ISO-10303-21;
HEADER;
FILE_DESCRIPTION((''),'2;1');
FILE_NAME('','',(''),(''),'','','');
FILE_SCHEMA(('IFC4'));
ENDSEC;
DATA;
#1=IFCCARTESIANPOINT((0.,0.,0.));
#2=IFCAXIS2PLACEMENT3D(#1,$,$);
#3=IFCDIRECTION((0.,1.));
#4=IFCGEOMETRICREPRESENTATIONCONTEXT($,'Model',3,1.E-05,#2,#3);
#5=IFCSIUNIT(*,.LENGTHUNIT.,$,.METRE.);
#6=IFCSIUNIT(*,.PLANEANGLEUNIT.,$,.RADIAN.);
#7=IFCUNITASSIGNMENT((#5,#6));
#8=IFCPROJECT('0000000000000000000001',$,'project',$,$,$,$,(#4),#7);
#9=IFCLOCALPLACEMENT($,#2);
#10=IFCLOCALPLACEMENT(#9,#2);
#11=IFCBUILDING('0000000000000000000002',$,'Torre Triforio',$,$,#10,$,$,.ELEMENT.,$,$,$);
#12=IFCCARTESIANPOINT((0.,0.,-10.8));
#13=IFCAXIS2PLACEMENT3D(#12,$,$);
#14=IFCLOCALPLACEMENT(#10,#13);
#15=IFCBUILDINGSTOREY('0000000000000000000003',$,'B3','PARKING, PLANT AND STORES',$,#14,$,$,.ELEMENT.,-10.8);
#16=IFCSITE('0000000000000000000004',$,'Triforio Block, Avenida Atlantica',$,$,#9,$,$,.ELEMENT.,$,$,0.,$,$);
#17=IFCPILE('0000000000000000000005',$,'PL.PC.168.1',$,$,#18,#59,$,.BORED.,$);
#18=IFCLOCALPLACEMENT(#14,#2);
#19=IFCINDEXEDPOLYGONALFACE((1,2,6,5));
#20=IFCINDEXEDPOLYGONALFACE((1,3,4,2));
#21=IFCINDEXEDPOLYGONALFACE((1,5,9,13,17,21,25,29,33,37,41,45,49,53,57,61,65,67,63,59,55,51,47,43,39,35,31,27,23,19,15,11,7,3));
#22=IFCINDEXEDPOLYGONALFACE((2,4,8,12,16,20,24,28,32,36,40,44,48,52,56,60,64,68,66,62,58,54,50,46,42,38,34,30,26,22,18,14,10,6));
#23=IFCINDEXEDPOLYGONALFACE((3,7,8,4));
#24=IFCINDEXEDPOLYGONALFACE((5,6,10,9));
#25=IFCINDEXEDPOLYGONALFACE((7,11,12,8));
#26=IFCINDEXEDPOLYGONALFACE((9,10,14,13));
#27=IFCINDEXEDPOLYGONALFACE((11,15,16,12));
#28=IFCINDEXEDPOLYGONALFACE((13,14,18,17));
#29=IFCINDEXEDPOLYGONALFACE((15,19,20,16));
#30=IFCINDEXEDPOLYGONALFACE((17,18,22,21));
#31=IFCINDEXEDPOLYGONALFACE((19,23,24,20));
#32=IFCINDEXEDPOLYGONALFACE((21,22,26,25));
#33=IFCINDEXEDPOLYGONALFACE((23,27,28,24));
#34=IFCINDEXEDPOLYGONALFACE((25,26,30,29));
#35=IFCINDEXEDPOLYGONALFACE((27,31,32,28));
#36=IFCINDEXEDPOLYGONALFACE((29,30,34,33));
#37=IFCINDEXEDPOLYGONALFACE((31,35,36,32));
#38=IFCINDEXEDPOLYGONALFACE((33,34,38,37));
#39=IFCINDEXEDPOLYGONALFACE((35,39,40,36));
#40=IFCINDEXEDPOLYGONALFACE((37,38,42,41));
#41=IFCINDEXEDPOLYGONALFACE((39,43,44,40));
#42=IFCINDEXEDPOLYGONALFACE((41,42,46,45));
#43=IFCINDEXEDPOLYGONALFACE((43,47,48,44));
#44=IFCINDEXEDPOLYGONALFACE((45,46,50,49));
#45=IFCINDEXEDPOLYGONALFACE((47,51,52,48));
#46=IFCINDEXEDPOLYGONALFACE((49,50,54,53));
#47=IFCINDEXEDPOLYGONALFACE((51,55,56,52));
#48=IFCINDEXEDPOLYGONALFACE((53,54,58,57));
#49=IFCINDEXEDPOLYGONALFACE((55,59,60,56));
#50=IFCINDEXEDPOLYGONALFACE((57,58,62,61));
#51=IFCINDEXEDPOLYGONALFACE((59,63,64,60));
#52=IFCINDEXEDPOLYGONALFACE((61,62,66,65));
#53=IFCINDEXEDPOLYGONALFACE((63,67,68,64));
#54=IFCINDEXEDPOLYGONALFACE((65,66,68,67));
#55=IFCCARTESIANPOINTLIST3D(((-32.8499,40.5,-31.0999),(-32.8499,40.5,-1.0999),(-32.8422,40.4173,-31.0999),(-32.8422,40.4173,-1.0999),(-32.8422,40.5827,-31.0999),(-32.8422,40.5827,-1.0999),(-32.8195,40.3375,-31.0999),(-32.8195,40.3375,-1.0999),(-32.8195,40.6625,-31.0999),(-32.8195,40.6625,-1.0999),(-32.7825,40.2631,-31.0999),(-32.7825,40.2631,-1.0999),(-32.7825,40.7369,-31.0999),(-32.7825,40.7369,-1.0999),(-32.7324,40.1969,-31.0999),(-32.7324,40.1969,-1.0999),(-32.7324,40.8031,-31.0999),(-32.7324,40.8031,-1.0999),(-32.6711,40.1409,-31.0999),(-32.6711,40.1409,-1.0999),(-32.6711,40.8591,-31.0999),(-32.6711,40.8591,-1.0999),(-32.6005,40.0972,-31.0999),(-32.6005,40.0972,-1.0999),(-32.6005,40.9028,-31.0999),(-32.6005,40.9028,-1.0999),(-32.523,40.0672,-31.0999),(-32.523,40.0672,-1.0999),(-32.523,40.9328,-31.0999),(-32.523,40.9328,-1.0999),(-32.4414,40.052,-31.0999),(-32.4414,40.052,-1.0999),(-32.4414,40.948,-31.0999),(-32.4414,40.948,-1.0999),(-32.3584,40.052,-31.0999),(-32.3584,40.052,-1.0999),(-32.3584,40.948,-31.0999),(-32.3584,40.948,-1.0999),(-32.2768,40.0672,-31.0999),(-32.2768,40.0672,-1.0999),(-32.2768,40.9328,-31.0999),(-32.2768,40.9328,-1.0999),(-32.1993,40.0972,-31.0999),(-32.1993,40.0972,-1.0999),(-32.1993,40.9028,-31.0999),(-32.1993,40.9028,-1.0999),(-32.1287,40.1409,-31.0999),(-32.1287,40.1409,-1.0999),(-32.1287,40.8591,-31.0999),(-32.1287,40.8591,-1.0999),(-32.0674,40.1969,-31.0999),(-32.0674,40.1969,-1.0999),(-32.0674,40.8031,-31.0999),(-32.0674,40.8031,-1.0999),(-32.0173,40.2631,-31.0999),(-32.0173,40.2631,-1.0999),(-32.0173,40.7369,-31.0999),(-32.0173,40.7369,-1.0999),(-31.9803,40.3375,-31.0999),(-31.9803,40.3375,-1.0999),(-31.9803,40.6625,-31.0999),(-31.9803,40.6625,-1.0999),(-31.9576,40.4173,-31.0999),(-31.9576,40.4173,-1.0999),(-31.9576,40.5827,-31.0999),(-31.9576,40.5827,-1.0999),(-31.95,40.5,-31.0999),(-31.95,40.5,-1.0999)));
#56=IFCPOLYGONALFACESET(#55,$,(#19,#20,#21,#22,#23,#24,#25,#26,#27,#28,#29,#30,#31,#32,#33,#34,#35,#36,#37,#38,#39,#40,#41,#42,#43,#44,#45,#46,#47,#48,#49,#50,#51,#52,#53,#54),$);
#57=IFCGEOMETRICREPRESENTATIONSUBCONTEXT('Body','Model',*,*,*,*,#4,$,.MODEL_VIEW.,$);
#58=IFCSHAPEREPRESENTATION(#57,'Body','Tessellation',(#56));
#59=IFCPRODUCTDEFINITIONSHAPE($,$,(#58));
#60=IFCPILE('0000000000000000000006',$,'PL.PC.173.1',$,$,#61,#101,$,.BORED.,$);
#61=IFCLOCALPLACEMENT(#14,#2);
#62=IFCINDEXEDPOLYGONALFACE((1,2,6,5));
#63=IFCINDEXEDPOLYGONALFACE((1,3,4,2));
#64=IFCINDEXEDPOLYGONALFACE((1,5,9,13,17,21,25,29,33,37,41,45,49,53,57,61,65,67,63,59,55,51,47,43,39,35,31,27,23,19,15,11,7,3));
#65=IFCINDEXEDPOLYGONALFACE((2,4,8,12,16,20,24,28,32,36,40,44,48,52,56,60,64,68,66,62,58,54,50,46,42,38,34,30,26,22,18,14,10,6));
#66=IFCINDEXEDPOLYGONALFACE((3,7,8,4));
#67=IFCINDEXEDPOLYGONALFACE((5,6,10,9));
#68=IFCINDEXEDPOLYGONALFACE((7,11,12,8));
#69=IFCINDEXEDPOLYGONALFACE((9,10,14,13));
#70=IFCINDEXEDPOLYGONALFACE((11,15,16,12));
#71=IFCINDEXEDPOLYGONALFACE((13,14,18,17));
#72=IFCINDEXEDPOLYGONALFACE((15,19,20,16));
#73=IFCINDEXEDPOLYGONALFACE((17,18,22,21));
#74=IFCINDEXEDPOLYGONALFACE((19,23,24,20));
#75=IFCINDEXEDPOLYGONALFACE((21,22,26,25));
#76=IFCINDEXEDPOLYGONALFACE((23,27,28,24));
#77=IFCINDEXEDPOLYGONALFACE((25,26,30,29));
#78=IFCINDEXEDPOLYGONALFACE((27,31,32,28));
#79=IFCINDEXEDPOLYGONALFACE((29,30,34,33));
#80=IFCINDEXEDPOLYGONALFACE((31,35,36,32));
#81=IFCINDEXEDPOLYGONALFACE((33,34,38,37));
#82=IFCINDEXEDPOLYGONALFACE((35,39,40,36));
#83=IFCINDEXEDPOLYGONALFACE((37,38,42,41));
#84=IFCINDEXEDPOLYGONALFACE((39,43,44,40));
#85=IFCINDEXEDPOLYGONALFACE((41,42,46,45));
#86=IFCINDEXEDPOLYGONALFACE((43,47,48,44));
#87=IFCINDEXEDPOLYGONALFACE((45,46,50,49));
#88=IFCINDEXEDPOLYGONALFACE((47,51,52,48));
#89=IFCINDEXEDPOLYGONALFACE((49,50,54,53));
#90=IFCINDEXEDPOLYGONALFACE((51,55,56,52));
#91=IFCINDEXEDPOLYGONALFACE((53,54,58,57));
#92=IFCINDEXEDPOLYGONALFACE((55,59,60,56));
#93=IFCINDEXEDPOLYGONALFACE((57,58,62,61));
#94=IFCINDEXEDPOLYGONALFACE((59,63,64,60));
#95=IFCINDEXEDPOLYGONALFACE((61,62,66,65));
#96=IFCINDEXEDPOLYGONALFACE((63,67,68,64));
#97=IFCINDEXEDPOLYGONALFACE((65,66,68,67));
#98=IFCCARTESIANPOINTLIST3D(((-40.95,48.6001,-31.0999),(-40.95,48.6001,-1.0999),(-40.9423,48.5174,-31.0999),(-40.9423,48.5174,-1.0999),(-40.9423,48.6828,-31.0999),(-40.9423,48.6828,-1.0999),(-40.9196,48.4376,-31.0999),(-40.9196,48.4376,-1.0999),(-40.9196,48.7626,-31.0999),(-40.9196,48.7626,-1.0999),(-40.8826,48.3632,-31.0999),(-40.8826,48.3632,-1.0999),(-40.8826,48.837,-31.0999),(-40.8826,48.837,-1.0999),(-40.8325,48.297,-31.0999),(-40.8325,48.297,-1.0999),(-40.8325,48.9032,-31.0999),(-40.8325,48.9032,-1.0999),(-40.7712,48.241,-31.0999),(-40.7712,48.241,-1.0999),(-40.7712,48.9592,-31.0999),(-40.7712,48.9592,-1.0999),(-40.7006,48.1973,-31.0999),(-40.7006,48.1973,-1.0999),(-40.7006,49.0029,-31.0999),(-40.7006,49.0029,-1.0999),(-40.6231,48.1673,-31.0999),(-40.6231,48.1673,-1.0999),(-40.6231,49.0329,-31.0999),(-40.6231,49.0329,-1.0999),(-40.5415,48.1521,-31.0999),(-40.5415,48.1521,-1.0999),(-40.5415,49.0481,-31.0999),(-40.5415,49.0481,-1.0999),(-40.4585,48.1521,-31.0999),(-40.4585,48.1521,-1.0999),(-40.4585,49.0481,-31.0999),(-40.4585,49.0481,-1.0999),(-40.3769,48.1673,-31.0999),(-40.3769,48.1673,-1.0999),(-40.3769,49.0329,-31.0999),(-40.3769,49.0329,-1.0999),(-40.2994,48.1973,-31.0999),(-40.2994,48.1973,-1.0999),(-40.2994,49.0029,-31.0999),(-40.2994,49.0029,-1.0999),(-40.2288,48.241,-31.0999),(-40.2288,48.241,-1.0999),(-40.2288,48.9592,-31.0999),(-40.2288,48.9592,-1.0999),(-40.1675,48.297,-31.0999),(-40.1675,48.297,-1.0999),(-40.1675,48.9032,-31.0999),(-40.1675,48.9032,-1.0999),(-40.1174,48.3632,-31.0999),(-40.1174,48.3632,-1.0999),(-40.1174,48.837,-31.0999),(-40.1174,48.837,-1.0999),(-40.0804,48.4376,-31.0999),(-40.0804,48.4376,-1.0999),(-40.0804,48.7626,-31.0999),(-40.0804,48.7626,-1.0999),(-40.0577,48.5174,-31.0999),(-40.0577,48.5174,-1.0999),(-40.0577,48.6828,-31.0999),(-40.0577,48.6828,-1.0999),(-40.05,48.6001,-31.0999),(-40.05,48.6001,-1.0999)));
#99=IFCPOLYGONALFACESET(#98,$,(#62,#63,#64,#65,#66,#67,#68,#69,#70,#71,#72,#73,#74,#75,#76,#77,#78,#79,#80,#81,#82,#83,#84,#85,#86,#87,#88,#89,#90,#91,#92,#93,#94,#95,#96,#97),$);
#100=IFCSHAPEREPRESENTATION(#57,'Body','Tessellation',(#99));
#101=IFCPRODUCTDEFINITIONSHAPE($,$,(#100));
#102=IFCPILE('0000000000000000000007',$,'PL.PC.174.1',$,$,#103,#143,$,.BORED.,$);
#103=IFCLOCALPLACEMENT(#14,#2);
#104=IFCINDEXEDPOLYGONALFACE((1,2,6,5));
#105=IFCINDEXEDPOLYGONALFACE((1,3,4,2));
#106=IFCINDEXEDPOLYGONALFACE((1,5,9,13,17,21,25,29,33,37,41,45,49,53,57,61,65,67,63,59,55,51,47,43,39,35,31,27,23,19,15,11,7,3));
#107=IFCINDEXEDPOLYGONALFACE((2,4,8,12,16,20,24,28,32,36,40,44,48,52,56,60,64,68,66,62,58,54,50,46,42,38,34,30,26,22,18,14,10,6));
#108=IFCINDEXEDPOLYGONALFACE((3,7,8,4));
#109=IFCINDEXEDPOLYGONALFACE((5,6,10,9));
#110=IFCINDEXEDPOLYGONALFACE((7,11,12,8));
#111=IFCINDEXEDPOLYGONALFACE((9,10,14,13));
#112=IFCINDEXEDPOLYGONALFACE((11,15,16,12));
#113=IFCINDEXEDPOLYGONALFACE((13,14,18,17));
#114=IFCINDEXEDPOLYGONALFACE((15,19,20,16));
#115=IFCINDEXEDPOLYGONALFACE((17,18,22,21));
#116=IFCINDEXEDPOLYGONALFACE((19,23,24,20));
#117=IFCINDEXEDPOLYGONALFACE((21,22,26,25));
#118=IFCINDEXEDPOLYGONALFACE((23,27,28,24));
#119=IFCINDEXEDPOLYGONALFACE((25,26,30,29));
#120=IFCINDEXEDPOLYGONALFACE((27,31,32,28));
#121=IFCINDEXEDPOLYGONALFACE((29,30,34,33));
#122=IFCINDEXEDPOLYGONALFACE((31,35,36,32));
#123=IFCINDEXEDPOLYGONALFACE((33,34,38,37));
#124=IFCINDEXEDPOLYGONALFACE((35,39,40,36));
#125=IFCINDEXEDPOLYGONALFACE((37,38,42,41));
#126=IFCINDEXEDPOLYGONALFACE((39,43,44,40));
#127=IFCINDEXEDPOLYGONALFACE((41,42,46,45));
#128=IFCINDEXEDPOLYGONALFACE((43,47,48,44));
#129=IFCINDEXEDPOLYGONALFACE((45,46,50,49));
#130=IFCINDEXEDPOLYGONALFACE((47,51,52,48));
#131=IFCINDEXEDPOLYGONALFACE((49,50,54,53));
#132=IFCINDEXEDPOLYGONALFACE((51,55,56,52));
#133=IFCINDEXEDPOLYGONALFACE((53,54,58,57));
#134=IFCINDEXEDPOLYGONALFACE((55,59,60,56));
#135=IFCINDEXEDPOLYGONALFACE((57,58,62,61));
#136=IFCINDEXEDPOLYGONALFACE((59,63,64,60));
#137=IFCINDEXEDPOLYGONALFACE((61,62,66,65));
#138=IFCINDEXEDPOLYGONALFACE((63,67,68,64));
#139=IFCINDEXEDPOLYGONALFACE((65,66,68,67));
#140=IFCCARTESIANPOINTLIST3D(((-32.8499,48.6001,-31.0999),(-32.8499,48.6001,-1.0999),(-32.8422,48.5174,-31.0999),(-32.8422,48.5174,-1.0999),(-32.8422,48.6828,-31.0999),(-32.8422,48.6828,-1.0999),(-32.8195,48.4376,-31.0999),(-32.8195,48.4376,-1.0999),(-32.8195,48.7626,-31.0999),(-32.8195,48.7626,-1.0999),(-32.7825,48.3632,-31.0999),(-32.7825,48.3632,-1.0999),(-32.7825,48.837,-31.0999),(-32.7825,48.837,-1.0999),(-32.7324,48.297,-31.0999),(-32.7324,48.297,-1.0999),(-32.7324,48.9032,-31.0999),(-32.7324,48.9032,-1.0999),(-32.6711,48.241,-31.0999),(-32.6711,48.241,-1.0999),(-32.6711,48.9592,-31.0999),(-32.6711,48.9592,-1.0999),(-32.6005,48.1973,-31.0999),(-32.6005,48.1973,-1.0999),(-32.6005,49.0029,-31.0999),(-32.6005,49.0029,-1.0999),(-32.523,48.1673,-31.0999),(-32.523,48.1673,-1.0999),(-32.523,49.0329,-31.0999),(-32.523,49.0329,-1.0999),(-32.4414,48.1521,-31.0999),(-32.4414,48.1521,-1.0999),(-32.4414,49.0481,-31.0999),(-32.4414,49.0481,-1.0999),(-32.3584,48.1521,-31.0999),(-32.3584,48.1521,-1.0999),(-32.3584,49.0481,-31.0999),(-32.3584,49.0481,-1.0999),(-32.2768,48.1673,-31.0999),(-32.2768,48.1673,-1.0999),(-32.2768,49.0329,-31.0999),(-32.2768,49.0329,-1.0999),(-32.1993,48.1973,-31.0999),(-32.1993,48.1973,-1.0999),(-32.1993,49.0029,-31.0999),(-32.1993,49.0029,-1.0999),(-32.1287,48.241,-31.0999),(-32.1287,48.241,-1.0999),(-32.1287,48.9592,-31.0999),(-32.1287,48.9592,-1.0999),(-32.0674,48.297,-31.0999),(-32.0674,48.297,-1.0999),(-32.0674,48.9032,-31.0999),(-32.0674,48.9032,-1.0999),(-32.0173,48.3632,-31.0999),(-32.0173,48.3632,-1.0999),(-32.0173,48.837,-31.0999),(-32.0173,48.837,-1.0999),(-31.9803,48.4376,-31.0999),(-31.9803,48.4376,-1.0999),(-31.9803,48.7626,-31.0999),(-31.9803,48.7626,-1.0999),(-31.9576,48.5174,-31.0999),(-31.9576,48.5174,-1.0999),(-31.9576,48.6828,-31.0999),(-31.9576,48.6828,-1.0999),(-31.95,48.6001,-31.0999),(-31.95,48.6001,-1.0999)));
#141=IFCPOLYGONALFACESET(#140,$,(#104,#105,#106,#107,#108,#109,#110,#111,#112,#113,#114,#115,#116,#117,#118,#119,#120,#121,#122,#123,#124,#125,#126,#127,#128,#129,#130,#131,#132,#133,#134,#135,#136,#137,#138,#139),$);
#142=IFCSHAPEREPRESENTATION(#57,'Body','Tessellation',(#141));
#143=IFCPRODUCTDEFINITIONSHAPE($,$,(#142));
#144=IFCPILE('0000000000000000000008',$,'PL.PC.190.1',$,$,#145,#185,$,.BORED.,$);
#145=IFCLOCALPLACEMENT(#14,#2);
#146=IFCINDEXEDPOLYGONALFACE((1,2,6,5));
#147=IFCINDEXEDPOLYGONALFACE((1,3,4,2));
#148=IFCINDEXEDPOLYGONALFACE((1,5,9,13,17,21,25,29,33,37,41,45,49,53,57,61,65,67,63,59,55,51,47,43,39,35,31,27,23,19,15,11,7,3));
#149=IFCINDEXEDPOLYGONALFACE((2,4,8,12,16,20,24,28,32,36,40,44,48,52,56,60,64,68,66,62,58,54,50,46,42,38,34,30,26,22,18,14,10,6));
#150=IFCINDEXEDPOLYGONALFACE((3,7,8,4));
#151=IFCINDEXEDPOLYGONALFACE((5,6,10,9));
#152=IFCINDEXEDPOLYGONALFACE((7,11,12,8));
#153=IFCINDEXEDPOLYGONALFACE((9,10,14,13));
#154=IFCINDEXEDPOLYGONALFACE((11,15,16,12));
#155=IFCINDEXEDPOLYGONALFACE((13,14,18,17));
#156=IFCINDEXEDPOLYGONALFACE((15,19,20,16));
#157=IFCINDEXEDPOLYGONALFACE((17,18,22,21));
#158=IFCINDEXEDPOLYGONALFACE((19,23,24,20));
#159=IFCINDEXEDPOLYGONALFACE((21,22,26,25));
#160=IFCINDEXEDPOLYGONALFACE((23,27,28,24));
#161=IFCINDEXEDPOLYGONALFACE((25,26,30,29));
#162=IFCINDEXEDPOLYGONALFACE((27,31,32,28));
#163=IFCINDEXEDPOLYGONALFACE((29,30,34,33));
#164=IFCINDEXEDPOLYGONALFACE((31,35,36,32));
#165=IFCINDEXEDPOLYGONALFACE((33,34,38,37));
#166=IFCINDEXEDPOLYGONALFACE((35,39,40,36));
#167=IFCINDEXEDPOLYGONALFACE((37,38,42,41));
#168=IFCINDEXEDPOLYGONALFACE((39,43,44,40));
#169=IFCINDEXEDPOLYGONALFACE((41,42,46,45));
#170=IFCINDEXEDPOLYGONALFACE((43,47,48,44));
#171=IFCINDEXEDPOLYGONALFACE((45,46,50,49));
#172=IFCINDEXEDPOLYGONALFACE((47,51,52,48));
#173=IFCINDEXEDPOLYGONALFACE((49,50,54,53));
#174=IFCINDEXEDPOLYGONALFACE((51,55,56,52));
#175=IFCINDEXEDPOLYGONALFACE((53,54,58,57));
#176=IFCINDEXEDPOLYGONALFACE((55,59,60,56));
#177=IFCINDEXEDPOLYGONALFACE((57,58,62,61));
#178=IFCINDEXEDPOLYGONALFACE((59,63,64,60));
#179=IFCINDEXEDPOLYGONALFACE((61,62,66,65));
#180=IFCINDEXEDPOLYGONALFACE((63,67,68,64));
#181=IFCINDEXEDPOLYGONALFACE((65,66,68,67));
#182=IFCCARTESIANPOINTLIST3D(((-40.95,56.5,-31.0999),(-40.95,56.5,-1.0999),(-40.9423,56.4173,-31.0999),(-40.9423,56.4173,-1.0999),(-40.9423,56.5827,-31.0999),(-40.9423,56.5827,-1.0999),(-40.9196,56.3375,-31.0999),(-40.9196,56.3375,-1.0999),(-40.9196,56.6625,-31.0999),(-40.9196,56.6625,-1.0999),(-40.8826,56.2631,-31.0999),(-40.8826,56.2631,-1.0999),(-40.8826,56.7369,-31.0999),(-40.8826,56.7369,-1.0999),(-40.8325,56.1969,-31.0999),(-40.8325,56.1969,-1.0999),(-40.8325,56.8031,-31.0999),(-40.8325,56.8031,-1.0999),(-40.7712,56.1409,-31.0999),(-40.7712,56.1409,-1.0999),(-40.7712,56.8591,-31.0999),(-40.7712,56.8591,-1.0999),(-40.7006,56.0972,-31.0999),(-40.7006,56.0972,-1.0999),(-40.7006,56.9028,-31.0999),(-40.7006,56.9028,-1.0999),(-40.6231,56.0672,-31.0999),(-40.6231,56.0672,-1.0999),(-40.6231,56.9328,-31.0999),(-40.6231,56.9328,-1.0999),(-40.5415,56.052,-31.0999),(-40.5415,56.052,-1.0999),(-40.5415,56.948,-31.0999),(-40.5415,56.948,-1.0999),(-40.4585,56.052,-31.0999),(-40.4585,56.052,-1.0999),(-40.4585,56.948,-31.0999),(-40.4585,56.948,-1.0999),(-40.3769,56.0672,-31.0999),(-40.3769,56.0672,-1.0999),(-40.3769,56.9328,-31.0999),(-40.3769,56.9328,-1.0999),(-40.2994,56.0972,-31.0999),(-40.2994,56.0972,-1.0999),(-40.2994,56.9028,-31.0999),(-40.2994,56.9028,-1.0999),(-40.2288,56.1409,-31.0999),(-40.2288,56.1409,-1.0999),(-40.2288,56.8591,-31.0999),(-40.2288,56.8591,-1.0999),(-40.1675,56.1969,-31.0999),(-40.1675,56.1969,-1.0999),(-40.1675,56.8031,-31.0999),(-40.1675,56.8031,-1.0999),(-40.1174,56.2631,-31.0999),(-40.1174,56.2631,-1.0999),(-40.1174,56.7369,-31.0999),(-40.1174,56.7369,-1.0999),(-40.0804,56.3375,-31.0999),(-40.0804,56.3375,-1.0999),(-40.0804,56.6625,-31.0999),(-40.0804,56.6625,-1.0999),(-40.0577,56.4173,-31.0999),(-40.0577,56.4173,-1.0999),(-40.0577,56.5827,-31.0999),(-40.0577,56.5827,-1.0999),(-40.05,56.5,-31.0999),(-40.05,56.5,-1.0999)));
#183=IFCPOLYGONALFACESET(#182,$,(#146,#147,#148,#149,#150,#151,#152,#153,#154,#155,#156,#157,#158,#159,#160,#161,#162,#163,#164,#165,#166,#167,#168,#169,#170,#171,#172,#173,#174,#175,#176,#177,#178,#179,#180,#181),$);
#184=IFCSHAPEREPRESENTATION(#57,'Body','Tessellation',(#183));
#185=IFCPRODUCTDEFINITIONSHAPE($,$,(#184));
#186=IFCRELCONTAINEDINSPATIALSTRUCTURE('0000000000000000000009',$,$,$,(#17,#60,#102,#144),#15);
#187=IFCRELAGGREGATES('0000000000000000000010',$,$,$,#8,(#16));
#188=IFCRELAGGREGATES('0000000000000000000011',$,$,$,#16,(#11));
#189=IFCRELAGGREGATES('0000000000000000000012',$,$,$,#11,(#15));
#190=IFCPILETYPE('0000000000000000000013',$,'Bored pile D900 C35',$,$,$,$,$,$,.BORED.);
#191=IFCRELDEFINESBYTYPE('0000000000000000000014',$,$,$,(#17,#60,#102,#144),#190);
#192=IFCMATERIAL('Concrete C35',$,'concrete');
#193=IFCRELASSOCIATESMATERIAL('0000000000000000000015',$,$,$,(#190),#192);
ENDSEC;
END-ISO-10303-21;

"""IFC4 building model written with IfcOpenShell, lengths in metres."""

from ifc_helpers import new_model, si_unit, direction, frame, origin, origin_2d, place, context, subcontext, project, spatial, circle, extrude, material, material_profile, profile_set, type_object, element, save


model = new_model("IFC4")

# Units and contexts
model_context = context("Model", 3, precision=1e-05, world=origin(), true_north=direction((0.0, 1.0)))
body_context = subcontext(model_context, "Body", "Model", "MODEL_VIEW")
ifc_project = project(units=[si_unit("LENGTHUNIT", "METRE"), si_unit("PLANEANGLEUNIT", "RADIAN")], contexts=[model_context])

# Site, building, storey
site_placement = place(None, origin())
site = spatial("IfcSite", under=ifc_project, at=site_placement, Name="Triforio Block, Avenida Atlantica", CompositionType="ELEMENT", RefElevation=0.0)
building_placement = place(site_placement, origin())
building = spatial("IfcBuilding", under=site, at=building_placement, Name="Torre Triforio", CompositionType="ELEMENT")
storey_placement = place(building_placement, frame((0.0, 0.0, -10.8)))
storey = spatial("IfcBuildingStorey", under=building, at=storey_placement, Name="B3", Description="PARKING, PLANT AND STORES", CompositionType="ELEMENT", Elevation=-10.8)

# Piles
ifc_material_1 = material(Name="Concrete C35", Category="concrete")
ifc_material_profile_1 = material_profile(ifc_material_1, circle(Radius=0.45, at=origin_2d()), Name="RC D900")
ifc_profile_set_1 = profile_set([ifc_material_profile_1], Name="Concrete C35")
pile_type = type_object("IfcPileType", Name="Bored pile D900 C35", PredefinedType="BORED", material=ifc_profile_set_1)
for number, where, z_axis, x_axis, name in (
    (1, (-32.3999, 40.5, -1.0999), (0.0, 0.0, -1.0), (1.0, 0.0, 0.0), "PL.PC.168.1"),
    (2, (-40.5, 48.6001, -1.0999), (0.0, 0.0, -1.0), (1.0, 0.0, 0.0), "PL.PC.173.1"),
    (3, (-32.3999, 48.6001, -1.0999), (0.0, 0.0, -1.0), (1.0, 0.0, 0.0), "PL.PC.174.1"),
    (4, (-40.5, 56.5, -1.0999), (0.0, 0.0, -1.0), (1.0, 0.0, 0.0), "PL.PC.190.1"),
):
    element("IfcPile", number, at=place(storey_placement, frame(where, z_axis=z_axis, x_axis=x_axis)), inside=storey, type_object=pile_type, Name=name, PredefinedType="BORED", context=body_context, shape_type="SweptSolid", body=[
        extrude(circle(Radius=0.45, at=origin_2d()), origin(), (0.0, 0.0, 1.0), 30.0),
    ])

save(model, "model.ifc")
